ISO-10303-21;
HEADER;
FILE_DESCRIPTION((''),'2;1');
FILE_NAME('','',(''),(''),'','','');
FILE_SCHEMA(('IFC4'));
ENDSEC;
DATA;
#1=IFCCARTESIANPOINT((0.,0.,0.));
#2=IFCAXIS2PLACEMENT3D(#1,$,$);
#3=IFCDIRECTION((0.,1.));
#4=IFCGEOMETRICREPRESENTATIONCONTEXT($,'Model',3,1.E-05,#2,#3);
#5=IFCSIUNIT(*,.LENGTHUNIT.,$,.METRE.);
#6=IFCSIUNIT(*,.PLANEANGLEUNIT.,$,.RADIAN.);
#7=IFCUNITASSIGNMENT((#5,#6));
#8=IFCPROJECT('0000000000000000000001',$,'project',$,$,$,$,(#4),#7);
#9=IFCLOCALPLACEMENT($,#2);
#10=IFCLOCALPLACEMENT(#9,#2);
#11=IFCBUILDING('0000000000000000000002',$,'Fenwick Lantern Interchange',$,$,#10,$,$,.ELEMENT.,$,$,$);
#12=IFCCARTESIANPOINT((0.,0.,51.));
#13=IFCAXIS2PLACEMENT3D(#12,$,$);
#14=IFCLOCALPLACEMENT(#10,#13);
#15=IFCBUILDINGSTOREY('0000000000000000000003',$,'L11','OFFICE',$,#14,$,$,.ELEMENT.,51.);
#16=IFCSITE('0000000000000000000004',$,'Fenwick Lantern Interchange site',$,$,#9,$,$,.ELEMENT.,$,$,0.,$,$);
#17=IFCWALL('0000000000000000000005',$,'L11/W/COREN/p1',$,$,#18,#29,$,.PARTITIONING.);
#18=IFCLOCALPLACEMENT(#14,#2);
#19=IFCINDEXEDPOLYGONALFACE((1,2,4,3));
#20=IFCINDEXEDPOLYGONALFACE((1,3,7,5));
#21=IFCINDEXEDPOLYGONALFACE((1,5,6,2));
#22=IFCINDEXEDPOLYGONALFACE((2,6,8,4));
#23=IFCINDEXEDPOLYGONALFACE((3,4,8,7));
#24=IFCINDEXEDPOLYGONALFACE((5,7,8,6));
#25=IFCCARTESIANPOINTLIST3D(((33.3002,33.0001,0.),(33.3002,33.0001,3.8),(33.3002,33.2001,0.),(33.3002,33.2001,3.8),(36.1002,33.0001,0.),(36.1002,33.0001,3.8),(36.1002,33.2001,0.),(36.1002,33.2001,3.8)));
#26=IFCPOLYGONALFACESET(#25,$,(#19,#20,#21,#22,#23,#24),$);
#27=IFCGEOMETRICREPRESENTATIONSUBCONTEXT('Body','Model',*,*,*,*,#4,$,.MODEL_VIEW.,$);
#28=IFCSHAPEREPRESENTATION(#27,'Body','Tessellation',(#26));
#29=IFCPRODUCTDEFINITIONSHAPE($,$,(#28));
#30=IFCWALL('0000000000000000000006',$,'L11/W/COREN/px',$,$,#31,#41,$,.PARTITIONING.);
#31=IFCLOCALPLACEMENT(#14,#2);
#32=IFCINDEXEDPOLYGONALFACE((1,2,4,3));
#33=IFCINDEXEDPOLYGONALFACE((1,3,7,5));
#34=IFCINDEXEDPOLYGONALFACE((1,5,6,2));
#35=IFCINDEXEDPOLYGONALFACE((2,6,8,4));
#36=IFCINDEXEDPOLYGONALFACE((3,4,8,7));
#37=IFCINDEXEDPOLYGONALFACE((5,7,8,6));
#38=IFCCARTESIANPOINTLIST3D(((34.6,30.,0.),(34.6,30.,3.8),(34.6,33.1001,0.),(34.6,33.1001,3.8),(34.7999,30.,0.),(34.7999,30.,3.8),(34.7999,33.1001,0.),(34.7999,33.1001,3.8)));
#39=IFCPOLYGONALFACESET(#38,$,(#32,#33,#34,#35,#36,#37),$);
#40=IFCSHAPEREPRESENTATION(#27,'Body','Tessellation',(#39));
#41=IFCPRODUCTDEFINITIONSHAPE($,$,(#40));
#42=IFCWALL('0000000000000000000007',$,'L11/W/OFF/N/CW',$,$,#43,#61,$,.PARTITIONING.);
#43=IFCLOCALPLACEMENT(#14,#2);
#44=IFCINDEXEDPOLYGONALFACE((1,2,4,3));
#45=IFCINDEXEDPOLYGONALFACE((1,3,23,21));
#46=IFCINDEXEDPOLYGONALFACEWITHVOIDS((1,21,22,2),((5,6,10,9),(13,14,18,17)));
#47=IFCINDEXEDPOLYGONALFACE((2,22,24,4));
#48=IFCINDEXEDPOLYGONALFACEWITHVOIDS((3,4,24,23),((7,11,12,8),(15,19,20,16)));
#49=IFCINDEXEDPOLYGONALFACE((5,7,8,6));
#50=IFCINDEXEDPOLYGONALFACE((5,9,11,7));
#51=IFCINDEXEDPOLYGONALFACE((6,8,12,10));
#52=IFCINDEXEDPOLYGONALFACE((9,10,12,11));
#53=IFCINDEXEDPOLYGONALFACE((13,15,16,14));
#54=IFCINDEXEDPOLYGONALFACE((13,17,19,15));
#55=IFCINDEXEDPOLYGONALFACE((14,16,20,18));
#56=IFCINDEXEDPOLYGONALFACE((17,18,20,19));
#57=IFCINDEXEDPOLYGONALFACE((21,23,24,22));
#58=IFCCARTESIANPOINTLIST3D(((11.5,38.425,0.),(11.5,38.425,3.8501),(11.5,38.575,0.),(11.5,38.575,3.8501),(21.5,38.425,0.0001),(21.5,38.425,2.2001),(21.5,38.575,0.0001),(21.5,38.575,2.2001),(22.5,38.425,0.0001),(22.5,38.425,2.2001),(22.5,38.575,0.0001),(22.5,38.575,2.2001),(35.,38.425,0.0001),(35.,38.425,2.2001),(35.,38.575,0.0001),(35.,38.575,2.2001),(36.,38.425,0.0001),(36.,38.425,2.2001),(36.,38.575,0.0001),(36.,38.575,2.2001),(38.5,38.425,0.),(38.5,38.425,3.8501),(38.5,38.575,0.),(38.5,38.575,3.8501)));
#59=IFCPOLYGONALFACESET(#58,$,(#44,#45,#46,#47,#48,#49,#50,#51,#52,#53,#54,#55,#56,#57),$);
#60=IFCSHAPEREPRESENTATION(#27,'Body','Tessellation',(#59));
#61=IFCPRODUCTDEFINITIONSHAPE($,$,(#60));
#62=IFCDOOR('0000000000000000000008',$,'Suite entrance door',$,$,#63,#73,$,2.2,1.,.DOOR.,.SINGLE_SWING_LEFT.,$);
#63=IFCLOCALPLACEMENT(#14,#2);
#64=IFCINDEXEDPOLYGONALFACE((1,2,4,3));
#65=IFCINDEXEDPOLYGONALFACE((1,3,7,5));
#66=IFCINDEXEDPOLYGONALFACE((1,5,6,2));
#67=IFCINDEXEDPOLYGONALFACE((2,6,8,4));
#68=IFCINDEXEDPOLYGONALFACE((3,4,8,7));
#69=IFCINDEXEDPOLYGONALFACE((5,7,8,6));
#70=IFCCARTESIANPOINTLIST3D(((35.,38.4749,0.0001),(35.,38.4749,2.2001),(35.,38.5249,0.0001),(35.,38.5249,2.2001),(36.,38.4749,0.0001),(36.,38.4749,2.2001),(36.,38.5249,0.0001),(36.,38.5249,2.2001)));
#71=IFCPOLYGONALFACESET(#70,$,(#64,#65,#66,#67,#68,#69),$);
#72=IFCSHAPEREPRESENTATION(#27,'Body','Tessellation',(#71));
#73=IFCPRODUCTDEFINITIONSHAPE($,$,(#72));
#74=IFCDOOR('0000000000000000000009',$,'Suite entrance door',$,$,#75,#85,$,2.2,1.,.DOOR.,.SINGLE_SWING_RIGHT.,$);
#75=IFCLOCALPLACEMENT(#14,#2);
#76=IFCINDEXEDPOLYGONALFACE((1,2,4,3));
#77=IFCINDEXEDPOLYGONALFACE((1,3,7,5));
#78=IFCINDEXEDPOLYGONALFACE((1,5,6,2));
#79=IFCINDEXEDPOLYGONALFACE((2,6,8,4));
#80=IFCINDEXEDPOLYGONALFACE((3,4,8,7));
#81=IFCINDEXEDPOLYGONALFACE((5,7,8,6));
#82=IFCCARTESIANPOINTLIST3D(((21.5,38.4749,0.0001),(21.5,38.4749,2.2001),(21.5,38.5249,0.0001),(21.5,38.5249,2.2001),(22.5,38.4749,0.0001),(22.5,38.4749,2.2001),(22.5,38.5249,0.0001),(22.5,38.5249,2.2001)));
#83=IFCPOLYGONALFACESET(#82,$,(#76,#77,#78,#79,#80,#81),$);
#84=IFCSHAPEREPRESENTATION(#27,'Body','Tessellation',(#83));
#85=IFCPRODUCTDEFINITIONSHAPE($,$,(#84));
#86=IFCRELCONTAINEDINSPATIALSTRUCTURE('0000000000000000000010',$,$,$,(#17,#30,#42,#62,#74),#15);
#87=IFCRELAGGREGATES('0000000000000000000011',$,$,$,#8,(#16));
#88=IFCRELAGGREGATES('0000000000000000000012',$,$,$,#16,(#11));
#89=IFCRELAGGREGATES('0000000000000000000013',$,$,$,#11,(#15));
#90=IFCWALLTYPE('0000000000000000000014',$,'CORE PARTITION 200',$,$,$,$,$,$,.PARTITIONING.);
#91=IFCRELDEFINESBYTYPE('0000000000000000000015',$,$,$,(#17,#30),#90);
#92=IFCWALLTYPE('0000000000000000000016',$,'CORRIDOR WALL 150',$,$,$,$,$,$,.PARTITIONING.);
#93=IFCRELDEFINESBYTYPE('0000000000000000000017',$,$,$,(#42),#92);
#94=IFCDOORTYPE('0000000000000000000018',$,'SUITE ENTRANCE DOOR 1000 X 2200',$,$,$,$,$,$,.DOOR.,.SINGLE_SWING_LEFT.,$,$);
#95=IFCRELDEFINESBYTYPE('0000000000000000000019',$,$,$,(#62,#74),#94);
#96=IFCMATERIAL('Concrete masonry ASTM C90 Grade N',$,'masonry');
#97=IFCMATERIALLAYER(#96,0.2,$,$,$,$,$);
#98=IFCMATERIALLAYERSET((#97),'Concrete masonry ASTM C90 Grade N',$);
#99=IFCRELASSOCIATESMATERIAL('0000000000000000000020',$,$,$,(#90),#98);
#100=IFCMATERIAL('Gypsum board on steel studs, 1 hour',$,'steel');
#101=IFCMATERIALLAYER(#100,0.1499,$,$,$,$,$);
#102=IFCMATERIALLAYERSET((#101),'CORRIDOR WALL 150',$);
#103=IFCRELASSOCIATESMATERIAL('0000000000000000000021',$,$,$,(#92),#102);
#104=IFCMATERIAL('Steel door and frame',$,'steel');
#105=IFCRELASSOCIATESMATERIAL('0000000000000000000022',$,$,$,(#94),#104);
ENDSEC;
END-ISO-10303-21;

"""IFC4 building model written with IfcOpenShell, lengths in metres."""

from ifc_helpers import new_model, si_unit, direction, frame, frame_2d, origin, place, context, subcontext, project, spatial, rectangle, extrude, material, layer, layer_set, type_object, element, fill, save


model = new_model("IFC4")

# Units and contexts
model_context = context("Model", 3, precision=1e-05, world=origin(), true_north=direction((0.0, 1.0)))
body_context = subcontext(model_context, "Body", "Model", "MODEL_VIEW")
ifc_project = project(units=[si_unit("LENGTHUNIT", "METRE"), si_unit("PLANEANGLEUNIT", "RADIAN")], contexts=[model_context])

# Site, building, storey
site_placement = place(None, origin())
site = spatial("IfcSite", under=ifc_project, at=site_placement, Name="Fenwick Lantern Interchange site", CompositionType="ELEMENT", RefElevation=0.0)
building_placement = place(site_placement, origin())
building = spatial("IfcBuilding", under=site, at=building_placement, Name="Fenwick Lantern Interchange", CompositionType="ELEMENT")
storey_placement = place(building_placement, frame((0.0, 0.0, 51.0)))
storey = spatial("IfcBuildingStorey", under=building, at=storey_placement, Name="L11", Description="OFFICE", CompositionType="ELEMENT", Elevation=51.0)

# Shared definitions
ifc_material_1 = material(Name="Concrete masonry ASTM C90 Grade N", Category="masonry")
ifc_layer_1 = layer(ifc_material_1, 0.2)
ifc_layer_set_1 = layer_set([ifc_layer_1], Name="Concrete masonry ASTM C90 Grade N")
wall_type_1 = type_object("IfcWallType", Name="CORE PARTITION 200", PredefinedType="PARTITIONING", material=ifc_layer_set_1)
ifc_material_2 = material(Name="Steel door and frame", Category="steel")

# Walls
for number, where, z_axis, x_axis, name in (
    (1, (36.1001, 33.1001, 0.0), (0.0, 0.0, 1.0), (-1.0, 0.0, 0.0), "L11/W/COREN/p1"),
):
    element("IfcWall", number, at=place(storey_placement, frame(where, z_axis=z_axis, x_axis=x_axis)), inside=storey, type_object=wall_type_1, Name=name, PredefinedType="PARTITIONING", context=body_context, shape_type="SweptSolid", body=[
        extrude(rectangle(XDim=2.8, YDim=0.2, at=frame_2d((1.3999, 0.0))), origin(), (0.0, 0.0, 1.0), 3.8),
    ])
wall_1_placement = place(storey_placement, frame((34.7, 33.1001, 0.0), z_axis=(0.0, 0.0, 1.0), x_axis=(0.0, -1.0, 0.0)))
element("IfcWall", 2, at=wall_1_placement, inside=storey, type_object=wall_type_1, Name="L11/W/COREN/px", PredefinedType="PARTITIONING", context=body_context, shape_type="SweptSolid", body=[
    extrude(rectangle(XDim=3.1001, YDim=0.2, at=frame_2d((1.55, 0.0))), origin(), (0.0, 0.0, 1.0), 3.8),
])

# Wall, openings, doors
ifc_material_3 = material(Name="Gypsum board on steel studs, 1 hour", Category="steel")
ifc_layer_2 = layer(ifc_material_3, 0.1499)
ifc_layer_set_2 = layer_set([ifc_layer_2], Name="CORRIDOR WALL 150")
wall_type_2 = type_object("IfcWallType", Name="CORRIDOR WALL 150", PredefinedType="PARTITIONING", material=ifc_layer_set_2)
wall_2_placement = place(storey_placement, frame((38.5, 38.5, 0.0), z_axis=(0.0, 0.0, 1.0), x_axis=(-1.0, 0.0, 0.0)))
wall_2 = element("IfcWall", 3, at=wall_2_placement, inside=storey, type_object=wall_type_2, Name="L11/W/OFF/N/CW", PredefinedType="PARTITIONING", context=body_context, shape_type="SweptSolid", body=[
    extrude(rectangle(XDim=27.0, YDim=0.1499, at=frame_2d((13.5, 0.0))), origin(), (0.0, 0.0, 1.0), 3.8501),
])
opening_1_placement = place(wall_2_placement, frame((2.5, 0.0, 0.0)))
opening_1 = element("IfcOpeningElement", 4, at=opening_1_placement, cuts=wall_2, PredefinedType="OPENING", context=body_context, shape_type="SweptSolid", body=[
    extrude(rectangle(XDim=1.0, YDim=2.2, at=frame_2d((0.5, 1.1001))), frame((0.0, 0.085, 0.0), z_axis=(0.0, -1.0, 0.0), x_axis=(1.0, 0.0, 0.0)), (0.0, 0.0, 1.0), 0.1699),
])
opening_2_placement = place(wall_2_placement, frame((16.0, 0.0, 0.0)))
opening_2 = element("IfcOpeningElement", 5, at=opening_2_placement, cuts=wall_2, PredefinedType="OPENING", context=body_context, shape_type="SweptSolid", body=[
    extrude(rectangle(XDim=1.0, YDim=2.2, at=frame_2d((0.5, 1.1001))), frame((0.0, 0.085, 0.0), z_axis=(0.0, -1.0, 0.0), x_axis=(1.0, 0.0, 0.0)), (0.0, 0.0, 1.0), 0.1699),
])
door_type_1 = type_object("IfcDoorType", Name="SUITE ENTRANCE DOOR 1000 X 2200", OperationType="SINGLE_SWING_LEFT", PredefinedType="DOOR", material=ifc_material_2)
door_1_placement = place(opening_1_placement, frame((1.0, 0.0, 0.0), z_axis=(0.0, 0.0, 1.0), x_axis=(-1.0, 0.0, 0.0)))
door_1 = element("IfcDoor", 6, at=door_1_placement, inside=storey, type_object=door_type_1, Name="Suite entrance door", OperationType="SINGLE_SWING_LEFT", OverallHeight=2.2, OverallWidth=1.0, PredefinedType="DOOR", context=body_context, shape_type="SweptSolid", body=[
    extrude(rectangle(XDim=1.0, YDim=2.2, at=frame_2d((0.5, 1.1001))), frame((0.0, 0.0249, 0.0), z_axis=(0.0, -1.0, 0.0), x_axis=(1.0, 0.0, 0.0)), (0.0, 0.0, 1.0), 0.05),
])
fill(opening_1, door_1)
door_2_placement = place(opening_2_placement, frame((1.0, 0.0, 0.0), z_axis=(0.0, 0.0, 1.0), x_axis=(-1.0, 0.0, 0.0)))
door_2 = element("IfcDoor", 7, at=door_2_placement, inside=storey, type_object=door_type_1, Name="Suite entrance door", OperationType="SINGLE_SWING_RIGHT", OverallHeight=2.2, OverallWidth=1.0, PredefinedType="DOOR", context=body_context, shape_type="SweptSolid", body=[
    extrude(rectangle(XDim=1.0, YDim=2.2, at=frame_2d((0.5, 1.1001))), frame((0.0, 0.0249, 0.0), z_axis=(0.0, -1.0, 0.0), x_axis=(1.0, 0.0, 0.0)), (0.0, 0.0, 1.0), 0.05),
])
fill(opening_2, door_2)

save(model, "model.ifc")
